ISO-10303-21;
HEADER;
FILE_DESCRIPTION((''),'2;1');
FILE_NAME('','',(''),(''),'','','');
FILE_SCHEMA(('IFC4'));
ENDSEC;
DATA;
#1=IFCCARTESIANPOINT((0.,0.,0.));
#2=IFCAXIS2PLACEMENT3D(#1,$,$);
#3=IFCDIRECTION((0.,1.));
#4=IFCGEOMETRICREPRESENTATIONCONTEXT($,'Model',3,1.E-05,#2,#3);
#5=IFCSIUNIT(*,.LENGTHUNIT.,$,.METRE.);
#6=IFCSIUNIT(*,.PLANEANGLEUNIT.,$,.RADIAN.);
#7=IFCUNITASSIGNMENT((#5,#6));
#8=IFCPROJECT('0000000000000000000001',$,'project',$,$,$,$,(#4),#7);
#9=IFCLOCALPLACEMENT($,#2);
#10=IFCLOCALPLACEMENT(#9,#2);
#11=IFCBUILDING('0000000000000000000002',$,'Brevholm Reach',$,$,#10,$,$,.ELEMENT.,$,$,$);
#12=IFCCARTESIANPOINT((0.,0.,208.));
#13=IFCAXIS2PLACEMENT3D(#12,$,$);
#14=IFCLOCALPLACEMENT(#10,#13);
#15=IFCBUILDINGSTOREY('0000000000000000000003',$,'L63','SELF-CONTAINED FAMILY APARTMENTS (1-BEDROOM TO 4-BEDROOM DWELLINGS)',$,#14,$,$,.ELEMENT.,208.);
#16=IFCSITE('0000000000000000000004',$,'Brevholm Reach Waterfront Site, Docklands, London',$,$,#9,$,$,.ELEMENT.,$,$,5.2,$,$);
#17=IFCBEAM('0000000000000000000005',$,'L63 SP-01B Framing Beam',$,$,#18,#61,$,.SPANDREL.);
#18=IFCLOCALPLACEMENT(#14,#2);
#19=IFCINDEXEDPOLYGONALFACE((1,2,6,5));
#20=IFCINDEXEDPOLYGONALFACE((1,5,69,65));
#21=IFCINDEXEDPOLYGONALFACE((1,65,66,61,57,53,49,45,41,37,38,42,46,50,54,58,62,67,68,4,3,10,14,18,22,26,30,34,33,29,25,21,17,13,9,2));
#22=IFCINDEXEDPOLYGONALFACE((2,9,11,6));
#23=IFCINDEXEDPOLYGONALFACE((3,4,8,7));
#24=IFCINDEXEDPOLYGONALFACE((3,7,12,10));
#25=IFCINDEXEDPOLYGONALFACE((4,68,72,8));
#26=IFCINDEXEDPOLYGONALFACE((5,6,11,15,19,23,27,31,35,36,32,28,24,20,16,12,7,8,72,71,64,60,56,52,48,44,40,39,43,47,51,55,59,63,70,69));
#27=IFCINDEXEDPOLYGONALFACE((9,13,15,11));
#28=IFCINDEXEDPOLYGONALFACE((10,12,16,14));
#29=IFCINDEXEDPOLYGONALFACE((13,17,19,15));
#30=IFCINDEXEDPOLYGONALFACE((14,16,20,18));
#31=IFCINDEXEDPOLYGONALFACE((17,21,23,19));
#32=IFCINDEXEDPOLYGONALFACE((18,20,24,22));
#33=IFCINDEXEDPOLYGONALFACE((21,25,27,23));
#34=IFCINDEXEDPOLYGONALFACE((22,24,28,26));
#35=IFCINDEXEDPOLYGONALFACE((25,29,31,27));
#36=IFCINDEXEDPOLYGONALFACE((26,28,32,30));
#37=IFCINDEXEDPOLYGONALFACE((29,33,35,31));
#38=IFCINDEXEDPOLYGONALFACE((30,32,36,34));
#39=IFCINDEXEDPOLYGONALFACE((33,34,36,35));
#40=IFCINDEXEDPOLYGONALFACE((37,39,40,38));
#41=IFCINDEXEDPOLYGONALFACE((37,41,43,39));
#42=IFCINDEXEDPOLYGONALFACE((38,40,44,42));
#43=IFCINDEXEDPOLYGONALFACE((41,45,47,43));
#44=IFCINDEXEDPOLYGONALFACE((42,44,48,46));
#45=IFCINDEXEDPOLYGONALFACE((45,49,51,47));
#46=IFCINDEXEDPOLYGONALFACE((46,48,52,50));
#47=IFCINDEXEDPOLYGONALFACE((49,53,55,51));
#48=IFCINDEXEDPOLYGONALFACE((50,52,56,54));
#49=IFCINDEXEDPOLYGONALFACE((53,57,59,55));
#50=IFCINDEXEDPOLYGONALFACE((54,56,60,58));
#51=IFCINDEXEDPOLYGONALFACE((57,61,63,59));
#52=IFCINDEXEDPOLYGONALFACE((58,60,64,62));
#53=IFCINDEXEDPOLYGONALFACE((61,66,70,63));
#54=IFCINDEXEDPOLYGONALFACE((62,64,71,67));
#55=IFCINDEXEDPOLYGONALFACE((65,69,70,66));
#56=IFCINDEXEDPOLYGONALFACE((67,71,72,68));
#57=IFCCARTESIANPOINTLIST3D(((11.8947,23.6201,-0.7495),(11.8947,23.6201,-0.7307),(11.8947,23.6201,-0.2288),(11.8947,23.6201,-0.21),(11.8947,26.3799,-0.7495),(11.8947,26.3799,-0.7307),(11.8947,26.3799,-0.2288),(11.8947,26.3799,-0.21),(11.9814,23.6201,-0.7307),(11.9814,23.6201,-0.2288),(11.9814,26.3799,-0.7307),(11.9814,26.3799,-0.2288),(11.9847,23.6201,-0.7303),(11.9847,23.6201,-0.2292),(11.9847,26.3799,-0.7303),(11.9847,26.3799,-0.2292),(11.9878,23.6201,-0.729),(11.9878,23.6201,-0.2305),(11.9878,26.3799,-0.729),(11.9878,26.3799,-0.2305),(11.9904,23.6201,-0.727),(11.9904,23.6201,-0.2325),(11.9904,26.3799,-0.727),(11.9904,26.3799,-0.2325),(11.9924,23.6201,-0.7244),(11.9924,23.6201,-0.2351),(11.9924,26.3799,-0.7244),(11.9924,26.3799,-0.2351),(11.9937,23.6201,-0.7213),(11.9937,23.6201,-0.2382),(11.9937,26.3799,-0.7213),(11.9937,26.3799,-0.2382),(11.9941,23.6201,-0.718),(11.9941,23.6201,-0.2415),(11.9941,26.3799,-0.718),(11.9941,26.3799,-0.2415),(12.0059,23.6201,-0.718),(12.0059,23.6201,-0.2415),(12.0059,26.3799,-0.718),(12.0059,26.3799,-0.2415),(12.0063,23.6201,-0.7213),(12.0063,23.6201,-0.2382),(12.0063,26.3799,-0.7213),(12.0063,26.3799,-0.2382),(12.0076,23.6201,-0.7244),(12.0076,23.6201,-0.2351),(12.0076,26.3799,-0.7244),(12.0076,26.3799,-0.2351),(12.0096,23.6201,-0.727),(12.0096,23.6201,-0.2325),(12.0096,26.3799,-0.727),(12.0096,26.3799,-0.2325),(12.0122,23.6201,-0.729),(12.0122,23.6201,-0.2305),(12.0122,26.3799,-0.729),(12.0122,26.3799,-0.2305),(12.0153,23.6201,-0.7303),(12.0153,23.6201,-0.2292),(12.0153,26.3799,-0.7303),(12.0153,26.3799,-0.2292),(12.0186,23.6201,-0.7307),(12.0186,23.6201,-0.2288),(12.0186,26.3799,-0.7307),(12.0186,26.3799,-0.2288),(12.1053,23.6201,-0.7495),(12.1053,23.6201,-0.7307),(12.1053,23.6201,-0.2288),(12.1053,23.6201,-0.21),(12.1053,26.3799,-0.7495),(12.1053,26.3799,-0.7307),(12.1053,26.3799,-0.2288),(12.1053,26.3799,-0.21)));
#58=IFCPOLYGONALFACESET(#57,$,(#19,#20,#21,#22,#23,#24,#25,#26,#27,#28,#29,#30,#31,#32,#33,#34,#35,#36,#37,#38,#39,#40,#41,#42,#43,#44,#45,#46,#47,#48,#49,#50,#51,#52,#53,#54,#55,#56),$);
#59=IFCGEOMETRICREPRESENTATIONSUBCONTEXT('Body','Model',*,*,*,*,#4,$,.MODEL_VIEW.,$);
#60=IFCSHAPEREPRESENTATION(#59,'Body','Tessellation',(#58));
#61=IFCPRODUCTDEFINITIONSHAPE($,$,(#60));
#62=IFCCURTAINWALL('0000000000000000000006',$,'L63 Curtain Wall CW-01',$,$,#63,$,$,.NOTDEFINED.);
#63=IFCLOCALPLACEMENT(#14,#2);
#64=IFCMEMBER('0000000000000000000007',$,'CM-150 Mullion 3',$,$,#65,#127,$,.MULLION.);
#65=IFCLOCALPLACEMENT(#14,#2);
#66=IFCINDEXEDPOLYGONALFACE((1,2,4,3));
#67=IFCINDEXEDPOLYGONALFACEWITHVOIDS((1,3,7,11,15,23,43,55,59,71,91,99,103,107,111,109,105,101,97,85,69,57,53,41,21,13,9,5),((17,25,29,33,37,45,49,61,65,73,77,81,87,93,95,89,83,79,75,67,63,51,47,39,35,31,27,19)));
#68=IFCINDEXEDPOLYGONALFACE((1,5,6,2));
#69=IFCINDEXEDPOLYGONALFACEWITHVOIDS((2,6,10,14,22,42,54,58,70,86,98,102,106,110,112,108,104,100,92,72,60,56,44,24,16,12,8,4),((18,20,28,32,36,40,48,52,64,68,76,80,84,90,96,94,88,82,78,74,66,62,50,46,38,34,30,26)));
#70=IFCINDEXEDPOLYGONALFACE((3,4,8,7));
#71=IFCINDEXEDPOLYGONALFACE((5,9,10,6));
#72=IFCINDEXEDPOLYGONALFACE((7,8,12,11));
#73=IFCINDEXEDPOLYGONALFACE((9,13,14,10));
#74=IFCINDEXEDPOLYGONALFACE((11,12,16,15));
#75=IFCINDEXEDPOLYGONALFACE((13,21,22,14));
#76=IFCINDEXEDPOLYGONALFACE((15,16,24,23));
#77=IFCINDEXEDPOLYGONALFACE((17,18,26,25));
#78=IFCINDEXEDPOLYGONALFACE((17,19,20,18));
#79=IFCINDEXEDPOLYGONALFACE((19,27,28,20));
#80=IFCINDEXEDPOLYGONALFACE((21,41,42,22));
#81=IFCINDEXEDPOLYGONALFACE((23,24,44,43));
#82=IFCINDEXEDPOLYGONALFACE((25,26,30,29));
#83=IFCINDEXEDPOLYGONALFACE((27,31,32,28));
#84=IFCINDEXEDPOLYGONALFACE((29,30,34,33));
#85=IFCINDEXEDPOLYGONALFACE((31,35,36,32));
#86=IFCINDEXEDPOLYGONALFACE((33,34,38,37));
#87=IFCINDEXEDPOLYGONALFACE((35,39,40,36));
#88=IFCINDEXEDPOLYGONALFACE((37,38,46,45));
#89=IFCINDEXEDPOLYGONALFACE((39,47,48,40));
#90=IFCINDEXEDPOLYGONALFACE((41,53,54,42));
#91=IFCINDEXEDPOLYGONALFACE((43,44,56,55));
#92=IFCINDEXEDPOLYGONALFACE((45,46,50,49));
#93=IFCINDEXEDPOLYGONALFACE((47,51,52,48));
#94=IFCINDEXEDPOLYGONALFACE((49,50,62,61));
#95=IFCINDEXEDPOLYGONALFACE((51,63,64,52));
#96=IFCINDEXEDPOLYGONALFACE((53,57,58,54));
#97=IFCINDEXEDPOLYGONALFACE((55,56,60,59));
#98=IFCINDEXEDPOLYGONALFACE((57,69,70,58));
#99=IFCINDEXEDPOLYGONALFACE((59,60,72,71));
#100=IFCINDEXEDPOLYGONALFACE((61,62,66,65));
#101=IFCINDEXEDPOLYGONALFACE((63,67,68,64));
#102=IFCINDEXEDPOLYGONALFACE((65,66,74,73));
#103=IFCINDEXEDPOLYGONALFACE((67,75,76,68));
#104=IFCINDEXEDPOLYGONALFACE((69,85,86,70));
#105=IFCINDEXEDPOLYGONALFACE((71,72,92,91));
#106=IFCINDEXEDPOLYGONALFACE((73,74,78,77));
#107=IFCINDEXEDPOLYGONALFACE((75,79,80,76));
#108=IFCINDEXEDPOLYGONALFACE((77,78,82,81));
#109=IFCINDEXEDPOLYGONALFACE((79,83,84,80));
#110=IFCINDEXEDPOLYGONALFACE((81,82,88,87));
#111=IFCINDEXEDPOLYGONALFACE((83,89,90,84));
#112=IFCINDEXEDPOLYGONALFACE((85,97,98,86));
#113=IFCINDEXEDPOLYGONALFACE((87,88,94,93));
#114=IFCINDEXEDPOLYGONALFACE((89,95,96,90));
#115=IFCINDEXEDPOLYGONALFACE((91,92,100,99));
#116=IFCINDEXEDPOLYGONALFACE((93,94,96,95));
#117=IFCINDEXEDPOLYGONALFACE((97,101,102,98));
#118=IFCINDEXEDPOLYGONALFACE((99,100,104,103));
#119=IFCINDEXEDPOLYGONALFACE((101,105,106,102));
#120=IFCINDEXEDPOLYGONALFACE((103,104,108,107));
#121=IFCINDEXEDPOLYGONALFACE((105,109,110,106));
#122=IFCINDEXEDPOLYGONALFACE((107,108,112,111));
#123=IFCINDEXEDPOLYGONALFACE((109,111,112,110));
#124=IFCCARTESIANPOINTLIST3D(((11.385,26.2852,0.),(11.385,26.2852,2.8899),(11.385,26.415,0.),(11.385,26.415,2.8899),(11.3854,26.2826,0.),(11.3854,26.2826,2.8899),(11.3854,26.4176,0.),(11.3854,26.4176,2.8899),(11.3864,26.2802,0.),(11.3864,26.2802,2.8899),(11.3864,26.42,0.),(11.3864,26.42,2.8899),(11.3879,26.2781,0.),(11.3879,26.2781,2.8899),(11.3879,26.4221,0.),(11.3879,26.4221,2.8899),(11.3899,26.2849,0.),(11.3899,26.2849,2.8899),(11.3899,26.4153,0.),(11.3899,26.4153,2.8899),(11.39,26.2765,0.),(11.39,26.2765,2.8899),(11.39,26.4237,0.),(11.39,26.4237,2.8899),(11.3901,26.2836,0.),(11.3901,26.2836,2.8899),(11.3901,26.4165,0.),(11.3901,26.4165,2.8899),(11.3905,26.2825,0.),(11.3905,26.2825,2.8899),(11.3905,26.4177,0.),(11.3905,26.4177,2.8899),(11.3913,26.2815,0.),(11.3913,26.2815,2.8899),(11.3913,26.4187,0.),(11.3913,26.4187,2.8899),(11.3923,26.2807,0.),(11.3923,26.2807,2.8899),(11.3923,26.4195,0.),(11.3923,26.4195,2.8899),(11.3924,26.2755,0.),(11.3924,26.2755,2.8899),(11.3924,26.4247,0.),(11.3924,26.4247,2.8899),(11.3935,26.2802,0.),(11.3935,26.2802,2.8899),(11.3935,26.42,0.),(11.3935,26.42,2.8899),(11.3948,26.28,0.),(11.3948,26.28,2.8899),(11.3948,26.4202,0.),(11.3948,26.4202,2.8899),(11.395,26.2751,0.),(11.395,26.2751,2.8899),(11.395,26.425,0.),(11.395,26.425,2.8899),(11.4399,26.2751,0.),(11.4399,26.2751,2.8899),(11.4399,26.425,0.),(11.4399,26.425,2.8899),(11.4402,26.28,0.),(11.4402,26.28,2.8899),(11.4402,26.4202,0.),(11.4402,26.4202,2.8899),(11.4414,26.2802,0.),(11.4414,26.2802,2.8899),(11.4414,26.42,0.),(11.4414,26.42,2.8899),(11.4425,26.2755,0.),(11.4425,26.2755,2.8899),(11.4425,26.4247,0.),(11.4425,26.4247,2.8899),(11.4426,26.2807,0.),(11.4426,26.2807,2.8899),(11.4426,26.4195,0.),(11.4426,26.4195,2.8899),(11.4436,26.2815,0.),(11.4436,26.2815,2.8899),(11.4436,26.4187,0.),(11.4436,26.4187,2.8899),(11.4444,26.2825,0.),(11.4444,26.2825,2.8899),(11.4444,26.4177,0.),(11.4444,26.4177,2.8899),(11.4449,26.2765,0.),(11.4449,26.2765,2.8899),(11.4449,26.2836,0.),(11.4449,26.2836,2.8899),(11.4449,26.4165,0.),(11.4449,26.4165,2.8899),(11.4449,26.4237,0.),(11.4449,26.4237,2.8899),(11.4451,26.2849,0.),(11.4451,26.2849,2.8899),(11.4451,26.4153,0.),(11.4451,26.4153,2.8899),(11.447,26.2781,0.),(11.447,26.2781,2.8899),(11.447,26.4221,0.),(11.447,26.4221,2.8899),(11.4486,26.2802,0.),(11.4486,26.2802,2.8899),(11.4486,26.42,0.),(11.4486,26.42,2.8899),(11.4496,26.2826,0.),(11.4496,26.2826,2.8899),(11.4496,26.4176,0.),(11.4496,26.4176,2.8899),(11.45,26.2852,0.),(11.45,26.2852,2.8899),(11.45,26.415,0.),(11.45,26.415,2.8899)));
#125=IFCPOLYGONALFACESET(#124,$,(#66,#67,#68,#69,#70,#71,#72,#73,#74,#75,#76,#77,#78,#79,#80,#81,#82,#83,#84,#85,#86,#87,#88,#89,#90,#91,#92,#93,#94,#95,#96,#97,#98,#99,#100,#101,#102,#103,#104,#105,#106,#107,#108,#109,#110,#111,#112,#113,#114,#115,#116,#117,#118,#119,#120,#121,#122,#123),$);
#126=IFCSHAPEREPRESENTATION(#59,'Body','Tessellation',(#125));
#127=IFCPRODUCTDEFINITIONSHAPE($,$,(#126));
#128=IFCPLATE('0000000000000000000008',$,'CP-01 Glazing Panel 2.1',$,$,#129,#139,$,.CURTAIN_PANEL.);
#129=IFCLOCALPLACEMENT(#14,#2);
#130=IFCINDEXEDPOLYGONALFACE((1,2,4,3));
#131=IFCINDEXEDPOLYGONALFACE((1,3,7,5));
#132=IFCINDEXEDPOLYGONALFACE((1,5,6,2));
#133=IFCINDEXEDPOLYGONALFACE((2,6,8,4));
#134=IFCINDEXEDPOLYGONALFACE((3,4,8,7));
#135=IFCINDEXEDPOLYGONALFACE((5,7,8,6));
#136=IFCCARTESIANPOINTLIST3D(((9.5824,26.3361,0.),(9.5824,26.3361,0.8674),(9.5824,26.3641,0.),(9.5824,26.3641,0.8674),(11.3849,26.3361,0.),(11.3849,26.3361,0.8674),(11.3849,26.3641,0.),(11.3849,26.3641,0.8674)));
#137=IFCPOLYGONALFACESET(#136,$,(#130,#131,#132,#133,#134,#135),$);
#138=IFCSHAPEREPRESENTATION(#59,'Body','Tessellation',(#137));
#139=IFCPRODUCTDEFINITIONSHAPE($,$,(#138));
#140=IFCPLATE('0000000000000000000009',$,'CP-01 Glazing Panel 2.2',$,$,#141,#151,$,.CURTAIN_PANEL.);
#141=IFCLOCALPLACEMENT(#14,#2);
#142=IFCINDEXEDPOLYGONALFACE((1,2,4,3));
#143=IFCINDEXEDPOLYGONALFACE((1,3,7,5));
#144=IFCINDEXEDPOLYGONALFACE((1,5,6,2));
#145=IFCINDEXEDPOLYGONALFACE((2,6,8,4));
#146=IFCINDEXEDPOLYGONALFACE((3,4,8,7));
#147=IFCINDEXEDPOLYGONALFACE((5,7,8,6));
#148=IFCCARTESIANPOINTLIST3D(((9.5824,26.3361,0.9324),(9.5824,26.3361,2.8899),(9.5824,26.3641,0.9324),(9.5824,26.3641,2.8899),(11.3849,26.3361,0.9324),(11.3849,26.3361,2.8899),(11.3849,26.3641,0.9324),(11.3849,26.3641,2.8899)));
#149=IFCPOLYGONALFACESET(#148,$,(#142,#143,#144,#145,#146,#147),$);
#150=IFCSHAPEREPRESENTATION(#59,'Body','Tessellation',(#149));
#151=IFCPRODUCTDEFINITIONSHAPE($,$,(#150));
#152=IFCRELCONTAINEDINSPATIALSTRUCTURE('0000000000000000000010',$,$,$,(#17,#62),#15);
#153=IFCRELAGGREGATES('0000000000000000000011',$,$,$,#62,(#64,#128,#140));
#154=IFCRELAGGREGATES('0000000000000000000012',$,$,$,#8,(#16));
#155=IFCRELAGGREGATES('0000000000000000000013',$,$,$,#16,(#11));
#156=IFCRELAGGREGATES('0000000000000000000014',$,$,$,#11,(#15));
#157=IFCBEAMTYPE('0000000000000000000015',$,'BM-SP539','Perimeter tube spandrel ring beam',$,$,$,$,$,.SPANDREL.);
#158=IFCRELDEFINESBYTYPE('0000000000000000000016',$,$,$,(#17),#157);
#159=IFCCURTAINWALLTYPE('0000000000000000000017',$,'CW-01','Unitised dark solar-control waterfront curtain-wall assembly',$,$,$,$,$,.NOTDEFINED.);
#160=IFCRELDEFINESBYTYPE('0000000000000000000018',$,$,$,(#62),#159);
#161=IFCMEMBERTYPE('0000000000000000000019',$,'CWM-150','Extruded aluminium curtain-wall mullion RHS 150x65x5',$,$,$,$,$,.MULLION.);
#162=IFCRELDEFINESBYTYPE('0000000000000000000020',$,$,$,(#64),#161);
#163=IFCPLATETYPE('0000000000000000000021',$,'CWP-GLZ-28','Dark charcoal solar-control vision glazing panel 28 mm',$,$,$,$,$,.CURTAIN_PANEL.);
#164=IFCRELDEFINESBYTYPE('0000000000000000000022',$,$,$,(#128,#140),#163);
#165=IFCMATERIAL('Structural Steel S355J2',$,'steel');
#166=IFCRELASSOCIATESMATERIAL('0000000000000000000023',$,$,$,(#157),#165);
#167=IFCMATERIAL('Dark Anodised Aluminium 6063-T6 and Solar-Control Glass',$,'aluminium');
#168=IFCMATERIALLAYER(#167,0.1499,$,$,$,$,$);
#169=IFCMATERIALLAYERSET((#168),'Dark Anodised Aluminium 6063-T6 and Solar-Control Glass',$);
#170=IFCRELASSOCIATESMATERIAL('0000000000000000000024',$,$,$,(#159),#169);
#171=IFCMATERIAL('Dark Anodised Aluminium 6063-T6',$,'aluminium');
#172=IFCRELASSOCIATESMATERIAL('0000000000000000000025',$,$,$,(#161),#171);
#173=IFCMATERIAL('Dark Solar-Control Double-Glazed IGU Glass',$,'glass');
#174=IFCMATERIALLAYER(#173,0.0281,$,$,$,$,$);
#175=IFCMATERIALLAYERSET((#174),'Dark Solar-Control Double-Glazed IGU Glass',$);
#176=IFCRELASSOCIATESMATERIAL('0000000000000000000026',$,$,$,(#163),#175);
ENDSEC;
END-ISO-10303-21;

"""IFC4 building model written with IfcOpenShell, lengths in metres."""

from ifc_helpers import new_model, si_unit, direction, frame, origin, origin_2d, place, context, subcontext, project, spatial, rectangle, hollow_rectangle, i_section, extrude, material, layer, layer_set, material_profile, profile_set, type_object, element, aggregate, save


model = new_model("IFC4")

# Units and contexts
model_context = context("Model", 3, precision=1e-05, world=origin(), true_north=direction((0.0, 1.0)))
body_context = subcontext(model_context, "Body", "Model", "MODEL_VIEW")
ifc_project = project(units=[si_unit("LENGTHUNIT", "METRE"), si_unit("PLANEANGLEUNIT", "RADIAN")], contexts=[model_context])

# Site, building, storey
site_placement = place(None, origin())
site = spatial("IfcSite", under=ifc_project, at=site_placement, Name="Brevholm Reach Waterfront Site, Docklands, London", CompositionType="ELEMENT", RefElevation=5.2)
building_placement = place(site_placement, origin())
building = spatial("IfcBuilding", under=site, at=building_placement, Name="Brevholm Reach", CompositionType="ELEMENT")
storey_placement = place(building_placement, frame((0.0, 0.0, 208.0)))
storey = spatial("IfcBuildingStorey", under=building, at=storey_placement, Name="L63", Description="SELF-CONTAINED FAMILY APARTMENTS (1-BEDROOM TO 4-BEDROOM DWELLINGS)", CompositionType="ELEMENT", Elevation=208.0)

# Beam
ifc_material_1 = material(Name="Structural Steel S355J2", Category="steel")
ifc_material_profile_1 = material_profile(ifc_material_1, i_section(OverallWidth=0.2107, OverallDepth=0.5396, WebThickness=0.0117, FlangeThickness=0.0188, FilletRadius=0.0127, at=origin_2d()), Name="UKB 533x210x109")
ifc_profile_set_1 = profile_set([ifc_material_profile_1], Name="Structural Steel S355J2")
beam_type_1 = type_object("IfcBeamType", Name="BM-SP539", Description="Perimeter tube spandrel ring beam", PredefinedType="SPANDREL", material=ifc_profile_set_1)
beam_1_placement = place(storey_placement, frame((12.0, 23.6201, -0.4797), z_axis=(0.0, 1.0, 0.0), x_axis=(-1.0, 0.0, 0.0)))
element("IfcBeam", 1, at=beam_1_placement, inside=storey, type_object=beam_type_1, Name="L63 SP-01B Framing Beam", PredefinedType="SPANDREL", context=body_context, shape_type="SweptSolid", body=[
    extrude(i_section(OverallWidth=0.2107, OverallDepth=0.5396, WebThickness=0.0117, FlangeThickness=0.0188, FilletRadius=0.0127, at=origin_2d()), origin(), (0.0, 0.0, 1.0), 2.7598),
])

# Curtain wall, member, plates
ifc_material_2 = material(Name="Dark Anodised Aluminium 6063-T6 and Solar-Control Glass", Category="aluminium")
ifc_layer_1 = layer(ifc_material_2, 0.1499)
ifc_layer_set_1 = layer_set([ifc_layer_1], Name="Dark Anodised Aluminium 6063-T6 and Solar-Control Glass")
curtain_wall_type = type_object("IfcCurtainWallType", Name="CW-01", Description="Unitised dark solar-control waterfront curtain-wall assembly", PredefinedType="NOTDEFINED", material=ifc_layer_set_1)
curtain_wall_placement = place(storey_placement, origin())
curtain_wall = element("IfcCurtainWall", 2, at=curtain_wall_placement, inside=storey, type_object=curtain_wall_type, Name="L63 Curtain Wall CW-01", PredefinedType="NOTDEFINED")
ifc_material_3 = material(Name="Dark Anodised Aluminium 6063-T6", Category="aluminium")
ifc_material_profile_2 = material_profile(ifc_material_3, hollow_rectangle(XDim=0.0649, YDim=0.1499, WallThickness=0.0049, InnerFilletRadius=0.0049, OuterFilletRadius=0.01, at=origin_2d()), Name="RHS 150x65x5")
ifc_profile_set_2 = profile_set([ifc_material_profile_2], Name="Dark Anodised Aluminium 6063-T6")
member_type = type_object("IfcMemberType", Name="CWM-150", Description="Extruded aluminium curtain-wall mullion RHS 150x65x5", PredefinedType="MULLION", material=ifc_profile_set_2)
member_placement = place(storey_placement, frame((11.4175, 26.3501, 0.0), z_axis=(0.0, 0.0, 1.0), x_axis=(1.0, 0.0, 0.0)))
member = element("IfcMember", 3, at=member_placement, type_object=member_type, Name="CM-150 Mullion 3", PredefinedType="MULLION", context=body_context, shape_type="SweptSolid", body=[
    extrude(hollow_rectangle(XDim=0.0649, YDim=0.1499, WallThickness=0.0049, InnerFilletRadius=0.0049, OuterFilletRadius=0.01, at=origin_2d()), origin(), (0.0, 0.0, 1.0), 2.8899),
])
ifc_material_4 = material(Name="Dark Solar-Control Double-Glazed IGU Glass", Category="glass")
ifc_layer_2 = layer(ifc_material_4, 0.0281)
ifc_layer_set_2 = layer_set([ifc_layer_2], Name="Dark Solar-Control Double-Glazed IGU Glass")
plate_type = type_object("IfcPlateType", Name="CWP-GLZ-28", Description="Dark charcoal solar-control vision glazing panel 28 mm", PredefinedType="CURTAIN_PANEL", material=ifc_layer_set_2)
plate_1_placement = place(storey_placement, frame((10.4836, 26.3501, 0.0), z_axis=(0.0, 0.0, 1.0), x_axis=(1.0, 0.0, 0.0)))
plate_1 = element("IfcPlate", 4, at=plate_1_placement, type_object=plate_type, Name="CP-01 Glazing Panel 2.1", PredefinedType="CURTAIN_PANEL", context=body_context, shape_type="SweptSolid", body=[
    extrude(rectangle(XDim=1.8025, YDim=0.0281, at=origin_2d()), origin(), (0.0, 0.0, 1.0), 0.8674),
])
plate_2_placement = place(storey_placement, frame((10.4836, 26.3501, 0.9324), z_axis=(0.0, 0.0, 1.0), x_axis=(1.0, 0.0, 0.0)))
plate_2 = element("IfcPlate", 5, at=plate_2_placement, type_object=plate_type, Name="CP-01 Glazing Panel 2.2", PredefinedType="CURTAIN_PANEL", context=body_context, shape_type="SweptSolid", body=[
    extrude(rectangle(XDim=1.8025, YDim=0.0281, at=origin_2d()), origin(), (0.0, 0.0, 1.0), 1.9575),
])
aggregate(curtain_wall, [member, plate_1, plate_2])

save(model, "model.ifc")
